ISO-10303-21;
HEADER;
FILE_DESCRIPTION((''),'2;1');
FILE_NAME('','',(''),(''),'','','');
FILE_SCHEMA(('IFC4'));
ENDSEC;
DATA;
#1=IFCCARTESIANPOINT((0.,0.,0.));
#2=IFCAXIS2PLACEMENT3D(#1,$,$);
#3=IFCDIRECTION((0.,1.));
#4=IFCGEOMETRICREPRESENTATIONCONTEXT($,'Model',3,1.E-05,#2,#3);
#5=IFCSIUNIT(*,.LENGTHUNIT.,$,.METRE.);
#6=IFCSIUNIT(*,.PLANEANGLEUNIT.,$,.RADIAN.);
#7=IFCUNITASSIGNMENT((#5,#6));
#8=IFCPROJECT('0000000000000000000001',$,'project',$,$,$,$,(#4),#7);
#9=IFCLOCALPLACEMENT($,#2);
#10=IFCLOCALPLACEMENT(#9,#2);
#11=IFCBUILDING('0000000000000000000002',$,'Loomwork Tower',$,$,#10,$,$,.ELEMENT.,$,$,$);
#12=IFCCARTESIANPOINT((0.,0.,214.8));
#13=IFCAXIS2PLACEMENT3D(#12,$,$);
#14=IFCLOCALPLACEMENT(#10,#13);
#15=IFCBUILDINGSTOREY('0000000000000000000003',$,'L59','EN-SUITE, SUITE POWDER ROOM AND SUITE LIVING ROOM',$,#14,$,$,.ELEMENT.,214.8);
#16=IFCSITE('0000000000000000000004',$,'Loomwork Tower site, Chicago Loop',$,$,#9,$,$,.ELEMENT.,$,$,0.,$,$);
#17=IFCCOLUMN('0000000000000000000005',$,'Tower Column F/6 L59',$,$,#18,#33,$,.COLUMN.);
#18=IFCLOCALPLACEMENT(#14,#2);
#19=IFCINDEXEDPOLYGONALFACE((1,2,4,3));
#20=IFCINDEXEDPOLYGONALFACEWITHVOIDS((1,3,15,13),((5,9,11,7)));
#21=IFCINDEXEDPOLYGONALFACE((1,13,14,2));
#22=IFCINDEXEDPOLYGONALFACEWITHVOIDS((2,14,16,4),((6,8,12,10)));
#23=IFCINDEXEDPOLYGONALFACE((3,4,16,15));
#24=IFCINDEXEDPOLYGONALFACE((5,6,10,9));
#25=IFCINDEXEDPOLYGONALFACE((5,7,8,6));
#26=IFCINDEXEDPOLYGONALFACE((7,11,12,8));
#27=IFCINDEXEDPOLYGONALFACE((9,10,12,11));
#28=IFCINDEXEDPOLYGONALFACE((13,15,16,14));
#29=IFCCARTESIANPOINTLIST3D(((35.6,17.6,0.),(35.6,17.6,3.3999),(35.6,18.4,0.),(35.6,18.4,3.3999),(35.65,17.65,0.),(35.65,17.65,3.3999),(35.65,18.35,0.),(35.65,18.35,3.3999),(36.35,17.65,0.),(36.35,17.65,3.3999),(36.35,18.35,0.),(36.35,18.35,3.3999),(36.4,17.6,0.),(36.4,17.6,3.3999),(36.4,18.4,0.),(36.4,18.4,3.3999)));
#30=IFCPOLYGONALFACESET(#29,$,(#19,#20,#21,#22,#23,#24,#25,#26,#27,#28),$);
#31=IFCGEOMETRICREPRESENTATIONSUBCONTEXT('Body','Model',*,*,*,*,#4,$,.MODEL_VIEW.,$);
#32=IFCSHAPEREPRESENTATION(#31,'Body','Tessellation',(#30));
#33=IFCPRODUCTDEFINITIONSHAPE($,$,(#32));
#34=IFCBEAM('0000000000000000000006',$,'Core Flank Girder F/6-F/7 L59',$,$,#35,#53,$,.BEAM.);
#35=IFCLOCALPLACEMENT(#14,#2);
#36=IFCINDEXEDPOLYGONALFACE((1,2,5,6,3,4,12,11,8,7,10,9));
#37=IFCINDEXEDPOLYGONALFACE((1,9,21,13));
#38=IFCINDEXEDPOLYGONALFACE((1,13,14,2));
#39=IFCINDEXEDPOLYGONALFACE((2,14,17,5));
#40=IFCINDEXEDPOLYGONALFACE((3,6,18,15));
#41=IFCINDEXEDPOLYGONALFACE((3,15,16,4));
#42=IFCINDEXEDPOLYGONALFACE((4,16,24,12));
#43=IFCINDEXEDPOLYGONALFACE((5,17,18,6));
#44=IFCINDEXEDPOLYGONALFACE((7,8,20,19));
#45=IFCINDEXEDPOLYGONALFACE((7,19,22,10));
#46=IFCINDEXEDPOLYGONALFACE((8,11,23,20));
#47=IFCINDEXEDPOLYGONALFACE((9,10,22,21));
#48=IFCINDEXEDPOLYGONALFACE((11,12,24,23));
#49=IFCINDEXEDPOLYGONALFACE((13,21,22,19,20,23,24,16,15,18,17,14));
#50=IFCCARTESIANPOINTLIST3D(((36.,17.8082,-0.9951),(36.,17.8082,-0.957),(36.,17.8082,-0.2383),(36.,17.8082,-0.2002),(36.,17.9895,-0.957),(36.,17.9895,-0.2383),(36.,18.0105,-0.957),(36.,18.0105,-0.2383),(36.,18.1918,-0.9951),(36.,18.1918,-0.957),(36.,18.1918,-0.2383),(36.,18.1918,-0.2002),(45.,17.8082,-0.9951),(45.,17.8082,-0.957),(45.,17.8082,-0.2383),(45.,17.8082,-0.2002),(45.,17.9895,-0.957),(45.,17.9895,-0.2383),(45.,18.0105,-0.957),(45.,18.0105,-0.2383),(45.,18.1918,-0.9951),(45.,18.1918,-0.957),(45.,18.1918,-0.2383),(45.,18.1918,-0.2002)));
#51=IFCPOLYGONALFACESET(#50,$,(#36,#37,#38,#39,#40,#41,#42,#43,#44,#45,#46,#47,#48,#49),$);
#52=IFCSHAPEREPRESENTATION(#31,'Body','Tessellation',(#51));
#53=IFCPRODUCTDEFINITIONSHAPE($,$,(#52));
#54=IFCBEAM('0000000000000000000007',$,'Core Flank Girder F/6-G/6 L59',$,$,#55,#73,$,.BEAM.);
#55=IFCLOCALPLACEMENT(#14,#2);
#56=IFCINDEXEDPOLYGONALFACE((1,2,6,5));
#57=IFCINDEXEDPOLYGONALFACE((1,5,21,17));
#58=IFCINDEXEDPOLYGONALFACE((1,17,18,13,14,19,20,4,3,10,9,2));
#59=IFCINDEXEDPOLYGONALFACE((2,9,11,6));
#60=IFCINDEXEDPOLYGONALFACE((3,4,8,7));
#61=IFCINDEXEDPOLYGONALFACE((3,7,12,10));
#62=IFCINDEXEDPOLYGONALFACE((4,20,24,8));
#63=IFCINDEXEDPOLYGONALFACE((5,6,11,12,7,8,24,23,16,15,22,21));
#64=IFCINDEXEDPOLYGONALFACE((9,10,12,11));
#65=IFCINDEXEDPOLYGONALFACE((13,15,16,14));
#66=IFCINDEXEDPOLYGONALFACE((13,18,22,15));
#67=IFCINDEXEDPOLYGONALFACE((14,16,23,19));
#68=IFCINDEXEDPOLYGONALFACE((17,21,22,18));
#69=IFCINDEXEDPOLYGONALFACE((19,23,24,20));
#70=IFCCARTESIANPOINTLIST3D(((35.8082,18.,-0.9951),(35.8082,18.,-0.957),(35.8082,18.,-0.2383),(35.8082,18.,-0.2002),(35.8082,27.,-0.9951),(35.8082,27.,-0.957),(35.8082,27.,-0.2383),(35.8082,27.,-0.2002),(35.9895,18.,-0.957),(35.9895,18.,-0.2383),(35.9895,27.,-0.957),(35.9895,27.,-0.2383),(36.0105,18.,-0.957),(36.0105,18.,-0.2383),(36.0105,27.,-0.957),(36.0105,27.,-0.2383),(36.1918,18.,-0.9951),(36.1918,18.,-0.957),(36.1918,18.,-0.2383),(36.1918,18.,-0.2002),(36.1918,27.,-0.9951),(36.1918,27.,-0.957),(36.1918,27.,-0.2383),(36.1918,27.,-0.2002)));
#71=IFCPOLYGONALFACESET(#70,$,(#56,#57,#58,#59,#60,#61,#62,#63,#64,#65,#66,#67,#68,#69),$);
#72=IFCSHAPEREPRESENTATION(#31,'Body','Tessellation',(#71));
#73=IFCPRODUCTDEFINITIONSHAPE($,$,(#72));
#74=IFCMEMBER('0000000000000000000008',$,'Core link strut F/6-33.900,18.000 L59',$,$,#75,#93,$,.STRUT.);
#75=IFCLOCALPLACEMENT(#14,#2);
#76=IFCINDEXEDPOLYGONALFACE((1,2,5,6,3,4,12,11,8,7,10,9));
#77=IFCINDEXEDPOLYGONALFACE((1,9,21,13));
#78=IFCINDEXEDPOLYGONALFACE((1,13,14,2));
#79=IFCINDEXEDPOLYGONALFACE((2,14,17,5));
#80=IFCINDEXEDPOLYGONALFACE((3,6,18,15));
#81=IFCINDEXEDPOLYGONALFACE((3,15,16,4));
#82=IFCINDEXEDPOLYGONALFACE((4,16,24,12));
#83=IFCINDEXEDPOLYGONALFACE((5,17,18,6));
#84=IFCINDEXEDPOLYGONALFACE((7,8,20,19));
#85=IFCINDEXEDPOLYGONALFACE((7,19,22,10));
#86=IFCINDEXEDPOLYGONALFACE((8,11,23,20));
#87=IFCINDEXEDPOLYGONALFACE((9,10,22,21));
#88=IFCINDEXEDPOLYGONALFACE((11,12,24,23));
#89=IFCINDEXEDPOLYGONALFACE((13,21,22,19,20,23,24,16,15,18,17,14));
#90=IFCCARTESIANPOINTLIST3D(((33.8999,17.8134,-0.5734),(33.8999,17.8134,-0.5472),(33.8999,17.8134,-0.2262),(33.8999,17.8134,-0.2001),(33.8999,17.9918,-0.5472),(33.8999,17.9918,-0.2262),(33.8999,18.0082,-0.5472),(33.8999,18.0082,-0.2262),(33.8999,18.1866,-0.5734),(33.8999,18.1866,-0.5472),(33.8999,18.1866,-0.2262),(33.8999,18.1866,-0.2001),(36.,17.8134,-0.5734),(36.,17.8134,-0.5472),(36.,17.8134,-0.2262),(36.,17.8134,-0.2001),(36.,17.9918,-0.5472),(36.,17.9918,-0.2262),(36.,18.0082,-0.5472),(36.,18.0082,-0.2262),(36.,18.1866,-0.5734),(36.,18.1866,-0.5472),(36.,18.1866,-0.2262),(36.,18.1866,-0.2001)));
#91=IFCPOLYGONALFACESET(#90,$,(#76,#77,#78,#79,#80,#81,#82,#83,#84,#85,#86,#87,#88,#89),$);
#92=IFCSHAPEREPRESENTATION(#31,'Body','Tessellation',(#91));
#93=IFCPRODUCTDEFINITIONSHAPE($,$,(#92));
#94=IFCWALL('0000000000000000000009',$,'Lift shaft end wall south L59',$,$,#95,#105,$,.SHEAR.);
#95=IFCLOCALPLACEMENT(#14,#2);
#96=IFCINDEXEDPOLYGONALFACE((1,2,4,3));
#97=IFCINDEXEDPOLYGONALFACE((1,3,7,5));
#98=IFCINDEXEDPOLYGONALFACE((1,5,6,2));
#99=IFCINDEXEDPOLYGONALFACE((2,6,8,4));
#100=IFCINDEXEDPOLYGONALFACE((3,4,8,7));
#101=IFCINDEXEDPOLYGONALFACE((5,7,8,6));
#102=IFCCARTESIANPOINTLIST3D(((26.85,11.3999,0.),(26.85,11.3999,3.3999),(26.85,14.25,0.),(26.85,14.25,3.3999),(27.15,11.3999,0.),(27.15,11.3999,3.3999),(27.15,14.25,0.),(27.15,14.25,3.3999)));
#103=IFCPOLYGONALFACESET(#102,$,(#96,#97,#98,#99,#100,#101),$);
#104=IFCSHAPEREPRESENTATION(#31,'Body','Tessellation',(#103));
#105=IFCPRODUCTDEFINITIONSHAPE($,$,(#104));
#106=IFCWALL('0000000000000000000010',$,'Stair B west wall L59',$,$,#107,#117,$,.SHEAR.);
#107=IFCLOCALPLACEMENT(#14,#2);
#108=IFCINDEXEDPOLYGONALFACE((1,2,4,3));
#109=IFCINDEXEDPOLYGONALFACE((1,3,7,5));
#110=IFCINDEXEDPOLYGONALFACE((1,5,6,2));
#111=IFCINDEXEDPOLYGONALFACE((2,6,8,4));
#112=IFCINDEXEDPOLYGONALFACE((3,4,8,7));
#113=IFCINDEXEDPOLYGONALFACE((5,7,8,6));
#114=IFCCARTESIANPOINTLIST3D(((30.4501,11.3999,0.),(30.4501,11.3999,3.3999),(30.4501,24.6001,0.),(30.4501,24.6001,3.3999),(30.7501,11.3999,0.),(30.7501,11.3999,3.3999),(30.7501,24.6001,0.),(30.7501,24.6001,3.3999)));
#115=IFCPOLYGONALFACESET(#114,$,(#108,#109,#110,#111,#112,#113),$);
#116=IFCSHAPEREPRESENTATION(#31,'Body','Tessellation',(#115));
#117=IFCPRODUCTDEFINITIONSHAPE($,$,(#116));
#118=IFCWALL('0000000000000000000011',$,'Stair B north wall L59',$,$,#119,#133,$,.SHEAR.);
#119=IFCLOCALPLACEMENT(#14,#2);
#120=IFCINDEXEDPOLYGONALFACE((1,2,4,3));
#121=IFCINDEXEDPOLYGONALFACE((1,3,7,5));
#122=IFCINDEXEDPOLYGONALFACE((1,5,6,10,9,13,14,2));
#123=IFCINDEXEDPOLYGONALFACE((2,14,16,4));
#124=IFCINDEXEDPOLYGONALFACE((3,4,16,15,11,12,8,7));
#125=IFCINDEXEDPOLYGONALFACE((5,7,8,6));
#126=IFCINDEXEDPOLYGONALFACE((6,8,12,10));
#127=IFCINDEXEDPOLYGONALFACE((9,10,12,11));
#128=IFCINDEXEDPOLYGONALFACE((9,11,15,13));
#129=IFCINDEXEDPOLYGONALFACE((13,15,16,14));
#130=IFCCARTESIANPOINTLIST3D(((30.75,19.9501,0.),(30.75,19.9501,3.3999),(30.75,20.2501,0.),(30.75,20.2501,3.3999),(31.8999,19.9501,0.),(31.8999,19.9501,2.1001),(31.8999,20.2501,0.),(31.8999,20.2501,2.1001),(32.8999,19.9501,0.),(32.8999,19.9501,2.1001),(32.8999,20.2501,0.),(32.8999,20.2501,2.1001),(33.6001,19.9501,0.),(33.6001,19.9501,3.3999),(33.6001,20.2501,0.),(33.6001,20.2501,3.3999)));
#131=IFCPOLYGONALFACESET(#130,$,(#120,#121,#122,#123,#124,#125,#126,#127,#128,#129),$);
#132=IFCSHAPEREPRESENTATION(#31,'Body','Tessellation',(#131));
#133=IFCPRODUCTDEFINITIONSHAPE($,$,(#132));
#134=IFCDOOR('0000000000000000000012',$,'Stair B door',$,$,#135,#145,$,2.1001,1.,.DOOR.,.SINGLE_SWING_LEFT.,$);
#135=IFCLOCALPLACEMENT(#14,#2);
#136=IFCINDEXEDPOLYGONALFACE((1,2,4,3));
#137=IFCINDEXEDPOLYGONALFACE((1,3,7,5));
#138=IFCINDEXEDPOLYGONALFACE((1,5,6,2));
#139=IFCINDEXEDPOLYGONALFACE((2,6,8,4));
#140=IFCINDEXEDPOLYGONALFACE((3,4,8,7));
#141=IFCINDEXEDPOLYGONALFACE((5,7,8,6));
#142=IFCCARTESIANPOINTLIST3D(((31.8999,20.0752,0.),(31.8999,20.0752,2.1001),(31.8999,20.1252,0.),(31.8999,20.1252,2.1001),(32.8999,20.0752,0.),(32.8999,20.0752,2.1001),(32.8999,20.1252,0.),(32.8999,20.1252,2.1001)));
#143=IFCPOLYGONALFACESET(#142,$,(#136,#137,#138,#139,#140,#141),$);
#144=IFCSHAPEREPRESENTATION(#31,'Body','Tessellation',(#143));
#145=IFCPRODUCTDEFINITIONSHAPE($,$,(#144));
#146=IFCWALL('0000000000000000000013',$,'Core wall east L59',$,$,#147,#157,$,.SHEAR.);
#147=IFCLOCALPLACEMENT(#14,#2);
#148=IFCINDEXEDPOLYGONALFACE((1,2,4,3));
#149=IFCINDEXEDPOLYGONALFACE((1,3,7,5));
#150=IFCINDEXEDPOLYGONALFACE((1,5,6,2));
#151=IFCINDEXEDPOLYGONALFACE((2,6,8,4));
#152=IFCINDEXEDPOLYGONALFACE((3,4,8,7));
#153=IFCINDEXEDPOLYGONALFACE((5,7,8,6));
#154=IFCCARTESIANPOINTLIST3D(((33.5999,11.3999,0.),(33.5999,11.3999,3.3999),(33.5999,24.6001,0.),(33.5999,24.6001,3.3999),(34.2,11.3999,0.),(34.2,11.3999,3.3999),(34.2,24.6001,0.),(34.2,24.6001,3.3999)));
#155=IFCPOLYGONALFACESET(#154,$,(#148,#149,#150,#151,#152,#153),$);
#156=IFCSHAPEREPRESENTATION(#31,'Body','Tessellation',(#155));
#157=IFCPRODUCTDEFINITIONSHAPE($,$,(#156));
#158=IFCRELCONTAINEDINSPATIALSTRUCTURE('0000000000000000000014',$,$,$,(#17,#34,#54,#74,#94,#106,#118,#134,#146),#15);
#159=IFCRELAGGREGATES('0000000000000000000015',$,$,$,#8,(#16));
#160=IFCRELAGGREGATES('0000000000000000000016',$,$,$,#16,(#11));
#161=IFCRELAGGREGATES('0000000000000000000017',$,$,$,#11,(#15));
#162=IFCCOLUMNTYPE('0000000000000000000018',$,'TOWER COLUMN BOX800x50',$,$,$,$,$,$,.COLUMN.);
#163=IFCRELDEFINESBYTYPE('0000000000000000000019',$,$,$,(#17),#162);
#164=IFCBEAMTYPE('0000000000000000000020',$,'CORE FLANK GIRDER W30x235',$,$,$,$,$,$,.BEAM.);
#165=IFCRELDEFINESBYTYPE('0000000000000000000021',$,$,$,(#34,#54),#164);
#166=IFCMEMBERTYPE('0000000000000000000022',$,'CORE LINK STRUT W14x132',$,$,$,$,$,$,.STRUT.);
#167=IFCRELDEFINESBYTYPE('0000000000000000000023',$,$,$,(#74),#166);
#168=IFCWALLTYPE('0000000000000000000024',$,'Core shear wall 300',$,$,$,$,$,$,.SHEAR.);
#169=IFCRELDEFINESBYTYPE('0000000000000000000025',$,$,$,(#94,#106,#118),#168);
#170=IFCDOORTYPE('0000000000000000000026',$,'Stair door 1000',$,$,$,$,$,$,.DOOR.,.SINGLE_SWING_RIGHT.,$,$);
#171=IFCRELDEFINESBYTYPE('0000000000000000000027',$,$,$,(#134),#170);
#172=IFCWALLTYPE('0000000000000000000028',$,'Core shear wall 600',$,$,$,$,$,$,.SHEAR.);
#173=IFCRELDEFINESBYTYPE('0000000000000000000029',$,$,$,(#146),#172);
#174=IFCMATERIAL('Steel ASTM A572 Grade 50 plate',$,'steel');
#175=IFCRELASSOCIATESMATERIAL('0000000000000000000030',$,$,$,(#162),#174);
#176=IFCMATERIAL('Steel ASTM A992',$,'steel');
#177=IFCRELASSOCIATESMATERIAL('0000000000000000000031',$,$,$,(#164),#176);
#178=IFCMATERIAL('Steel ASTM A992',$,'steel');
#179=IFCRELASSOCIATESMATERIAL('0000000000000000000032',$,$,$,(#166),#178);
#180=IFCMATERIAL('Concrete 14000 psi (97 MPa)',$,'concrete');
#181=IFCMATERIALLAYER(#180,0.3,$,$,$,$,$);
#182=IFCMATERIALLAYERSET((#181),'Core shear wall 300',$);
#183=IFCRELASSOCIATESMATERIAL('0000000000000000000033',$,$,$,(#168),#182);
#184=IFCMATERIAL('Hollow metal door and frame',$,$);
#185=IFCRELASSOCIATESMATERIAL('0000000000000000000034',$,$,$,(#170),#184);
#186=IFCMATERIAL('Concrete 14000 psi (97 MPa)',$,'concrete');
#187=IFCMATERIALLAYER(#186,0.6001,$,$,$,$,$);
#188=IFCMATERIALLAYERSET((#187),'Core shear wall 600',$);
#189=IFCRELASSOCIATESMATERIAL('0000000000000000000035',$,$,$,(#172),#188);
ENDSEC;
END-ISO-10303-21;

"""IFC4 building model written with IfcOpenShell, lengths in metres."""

from ifc_helpers import new_model, si_unit, direction, frame, frame_2d, origin, origin_2d, place, context, subcontext, project, spatial, rectangle, hollow_rectangle, i_section, extrude, material, layer, layer_set, material_profile, profile_set, type_object, element, fill, save


model = new_model("IFC4")

# Units and contexts
model_context = context("Model", 3, precision=1e-05, world=origin(), true_north=direction((0.0, 1.0)))
body_context = subcontext(model_context, "Body", "Model", "MODEL_VIEW")
ifc_project = project(units=[si_unit("LENGTHUNIT", "METRE"), si_unit("PLANEANGLEUNIT", "RADIAN")], contexts=[model_context])

# Site, building, storey
site_placement = place(None, origin())
site = spatial("IfcSite", under=ifc_project, at=site_placement, Name="Loomwork Tower site, Chicago Loop", CompositionType="ELEMENT", RefElevation=0.0)
building_placement = place(site_placement, origin())
building = spatial("IfcBuilding", under=site, at=building_placement, Name="Loomwork Tower", CompositionType="ELEMENT")
storey_placement = place(building_placement, frame((0.0, 0.0, 214.8)))
storey = spatial("IfcBuildingStorey", under=building, at=storey_placement, Name="L59", Description="EN-SUITE, SUITE POWDER ROOM AND SUITE LIVING ROOM", CompositionType="ELEMENT", Elevation=214.8)

# Column
ifc_material_1 = material(Name="Steel ASTM A572 Grade 50 plate", Category="steel")
ifc_material_profile_1 = material_profile(ifc_material_1, hollow_rectangle(XDim=0.8, YDim=0.8, WallThickness=0.05, at=origin_2d()), Name="BOX800x50")
ifc_profile_set_1 = profile_set([ifc_material_profile_1], Name="Steel ASTM A572 Grade 50 plate")
column_type = type_object("IfcColumnType", Name="TOWER COLUMN BOX800x50", PredefinedType="COLUMN", material=ifc_profile_set_1)
column_placement = place(storey_placement, frame((36.0, 18.0, 0.0), z_axis=(0.0, 0.0, 1.0), x_axis=(0.0, 1.0, 0.0)))
element("IfcColumn", 1, at=column_placement, inside=storey, type_object=column_type, Name="Tower Column F/6 L59", PredefinedType="COLUMN", context=body_context, shape_type="SweptSolid", body=[
    extrude(hollow_rectangle(XDim=0.8, YDim=0.8, WallThickness=0.05, at=origin_2d()), origin(), (0.0, 0.0, 1.0), 3.3999),
])

# Beams
ifc_material_2 = material(Name="Steel ASTM A992", Category="steel")
ifc_material_profile_2 = material_profile(ifc_material_2, i_section(OverallWidth=0.3835, OverallDepth=0.7949, WebThickness=0.021, FlangeThickness=0.0381, at=origin_2d()), Name="W30x235")
ifc_profile_set_2 = profile_set([ifc_material_profile_2], Name="Steel ASTM A992")
beam_type = type_object("IfcBeamType", Name="CORE FLANK GIRDER W30x235", PredefinedType="BEAM", material=ifc_profile_set_2)
for number, where, z_axis, x_axis, name in (
    (2, (36.0, 18.0, -0.5977), (1.0, 0.0, 0.0), (0.0, 1.0, 0.0), "Core Flank Girder F/6-F/7 L59"),
    (3, (36.0, 18.0, -0.5977), (0.0, 1.0, 0.0), (-1.0, 0.0, 0.0), "Core Flank Girder F/6-G/6 L59"),
):
    element("IfcBeam", number, at=place(storey_placement, frame(where, z_axis=z_axis, x_axis=x_axis)), inside=storey, type_object=beam_type, Name=name, PredefinedType="BEAM", context=body_context, shape_type="SweptSolid", body=[
        extrude(i_section(OverallWidth=0.3835, OverallDepth=0.7949, WebThickness=0.021, FlangeThickness=0.0381, at=origin_2d()), origin(), (0.0, 0.0, 1.0), 9.0),
    ])

# Member
ifc_material_3 = material(Name="Steel ASTM A992", Category="steel")
ifc_material_profile_3 = material_profile(ifc_material_3, i_section(OverallWidth=0.3733, OverallDepth=0.3733, WebThickness=0.0164, FlangeThickness=0.0261, at=origin_2d()), Name="W14x132")
ifc_profile_set_3 = profile_set([ifc_material_profile_3], Name="Steel ASTM A992")
member_type = type_object("IfcMemberType", Name="CORE LINK STRUT W14x132", PredefinedType="STRUT", material=ifc_profile_set_3)
member_placement = place(storey_placement, frame((36.0, 18.0, -0.3867), z_axis=(-1.0, 0.0, 0.0), x_axis=(0.0, -1.0, 0.0)))
element("IfcMember", 4, at=member_placement, inside=storey, type_object=member_type, Name="Core link strut F/6-33.900,18.000 L59", PredefinedType="STRUT", context=body_context, shape_type="SweptSolid", body=[
    extrude(i_section(OverallWidth=0.3733, OverallDepth=0.3733, WebThickness=0.0164, FlangeThickness=0.0261, at=origin_2d()), origin(), (0.0, 0.0, 1.0), 2.1001),
])

# Walls
ifc_material_4 = material(Name="Concrete 14000 psi (97 MPa)", Category="concrete")
ifc_layer_1 = layer(ifc_material_4, 0.3)
ifc_layer_set_1 = layer_set([ifc_layer_1], Name="Core shear wall 300")
wall_type_1 = type_object("IfcWallType", Name="Core shear wall 300", PredefinedType="SHEAR", material=ifc_layer_set_1)
wall_1_placement = place(storey_placement, frame((27.0, 11.3999, 0.0), z_axis=(0.0, 0.0, 1.0), x_axis=(0.0, 1.0, 0.0)))
element("IfcWall", 5, at=wall_1_placement, inside=storey, type_object=wall_type_1, Name="Lift shaft end wall south L59", PredefinedType="SHEAR", context=body_context, shape_type="SweptSolid", body=[
    extrude(rectangle(XDim=2.8501, YDim=0.3, at=frame_2d((1.425, 0.0))), origin(), (0.0, 0.0, 1.0), 3.3999),
])
wall_2_placement = place(storey_placement, frame((30.6001, 11.3999, 0.0), z_axis=(0.0, 0.0, 1.0), x_axis=(0.0, 1.0, 0.0)))
element("IfcWall", 6, at=wall_2_placement, inside=storey, type_object=wall_type_1, Name="Stair B west wall L59", PredefinedType="SHEAR", context=body_context, shape_type="SweptSolid", body=[
    extrude(rectangle(XDim=13.2002, YDim=0.3, at=frame_2d((6.6001, 0.0))), origin(), (0.0, 0.0, 1.0), 3.3999),
])

# Wall, opening, door
wall_3_placement = place(storey_placement, frame((30.75, 20.1001, 0.0), z_axis=(0.0, 0.0, 1.0), x_axis=(1.0, 0.0, 0.0)))
wall_3 = element("IfcWall", 7, at=wall_3_placement, inside=storey, type_object=wall_type_1, Name="Stair B north wall L59", PredefinedType="SHEAR", context=body_context, shape_type="SweptSolid", body=[
    extrude(rectangle(XDim=2.8501, YDim=0.3, at=frame_2d((1.425, 0.0))), origin(), (0.0, 0.0, 1.0), 3.3999),
])
opening_1_placement = place(wall_3_placement, frame((1.1499, 0.0, 0.0)))
opening_1 = element("IfcOpeningElement", 8, at=opening_1_placement, cuts=wall_3, PredefinedType="OPENING", context=body_context, shape_type="SweptSolid", body=[
    extrude(rectangle(XDim=1.0, YDim=2.1001, at=frame_2d((0.5, 1.05))), frame((0.0, 0.1599, 0.0), z_axis=(0.0, -1.0, 0.0), x_axis=(1.0, 0.0, 0.0)), (0.0, 0.0, 1.0), 0.3201),
])
ifc_material_5 = material(Name="Hollow metal door and frame")
door_type_1 = type_object("IfcDoorType", Name="Stair door 1000", OperationType="SINGLE_SWING_RIGHT", PredefinedType="DOOR", material=ifc_material_5)
door_1_placement = place(opening_1_placement, frame((1.0, 0.0, 0.0), z_axis=(0.0, 0.0, 1.0), x_axis=(-1.0, 0.0, 0.0)))
door_1 = element("IfcDoor", 9, at=door_1_placement, inside=storey, type_object=door_type_1, Name="Stair B door", OperationType="SINGLE_SWING_LEFT", OverallHeight=2.1001, OverallWidth=1.0, PredefinedType="DOOR", context=body_context, shape_type="SweptSolid", body=[
    extrude(rectangle(XDim=1.0, YDim=2.1001, at=frame_2d((0.5, 1.05))), frame((0.0, 0.0249, 0.0), z_axis=(0.0, -1.0, 0.0), x_axis=(1.0, 0.0, 0.0)), (0.0, 0.0, 1.0), 0.05),
])
fill(opening_1, door_1)

# Wall
ifc_material_6 = material(Name="Concrete 14000 psi (97 MPa)", Category="concrete")
ifc_layer_2 = layer(ifc_material_6, 0.6001)
ifc_layer_set_2 = layer_set([ifc_layer_2], Name="Core shear wall 600")
wall_type_2 = type_object("IfcWallType", Name="Core shear wall 600", PredefinedType="SHEAR", material=ifc_layer_set_2)
wall_4_placement = place(storey_placement, frame((33.8999, 11.3999, 0.0), z_axis=(0.0, 0.0, 1.0), x_axis=(0.0, 1.0, 0.0)))
element("IfcWall", 10, at=wall_4_placement, inside=storey, type_object=wall_type_2, Name="Core wall east L59", PredefinedType="SHEAR", context=body_context, shape_type="SweptSolid", body=[
    extrude(rectangle(XDim=13.2002, YDim=0.6001, at=frame_2d((6.6001, 0.0))), origin(), (0.0, 0.0, 1.0), 3.3999),
])

save(model, "model.ifc")
